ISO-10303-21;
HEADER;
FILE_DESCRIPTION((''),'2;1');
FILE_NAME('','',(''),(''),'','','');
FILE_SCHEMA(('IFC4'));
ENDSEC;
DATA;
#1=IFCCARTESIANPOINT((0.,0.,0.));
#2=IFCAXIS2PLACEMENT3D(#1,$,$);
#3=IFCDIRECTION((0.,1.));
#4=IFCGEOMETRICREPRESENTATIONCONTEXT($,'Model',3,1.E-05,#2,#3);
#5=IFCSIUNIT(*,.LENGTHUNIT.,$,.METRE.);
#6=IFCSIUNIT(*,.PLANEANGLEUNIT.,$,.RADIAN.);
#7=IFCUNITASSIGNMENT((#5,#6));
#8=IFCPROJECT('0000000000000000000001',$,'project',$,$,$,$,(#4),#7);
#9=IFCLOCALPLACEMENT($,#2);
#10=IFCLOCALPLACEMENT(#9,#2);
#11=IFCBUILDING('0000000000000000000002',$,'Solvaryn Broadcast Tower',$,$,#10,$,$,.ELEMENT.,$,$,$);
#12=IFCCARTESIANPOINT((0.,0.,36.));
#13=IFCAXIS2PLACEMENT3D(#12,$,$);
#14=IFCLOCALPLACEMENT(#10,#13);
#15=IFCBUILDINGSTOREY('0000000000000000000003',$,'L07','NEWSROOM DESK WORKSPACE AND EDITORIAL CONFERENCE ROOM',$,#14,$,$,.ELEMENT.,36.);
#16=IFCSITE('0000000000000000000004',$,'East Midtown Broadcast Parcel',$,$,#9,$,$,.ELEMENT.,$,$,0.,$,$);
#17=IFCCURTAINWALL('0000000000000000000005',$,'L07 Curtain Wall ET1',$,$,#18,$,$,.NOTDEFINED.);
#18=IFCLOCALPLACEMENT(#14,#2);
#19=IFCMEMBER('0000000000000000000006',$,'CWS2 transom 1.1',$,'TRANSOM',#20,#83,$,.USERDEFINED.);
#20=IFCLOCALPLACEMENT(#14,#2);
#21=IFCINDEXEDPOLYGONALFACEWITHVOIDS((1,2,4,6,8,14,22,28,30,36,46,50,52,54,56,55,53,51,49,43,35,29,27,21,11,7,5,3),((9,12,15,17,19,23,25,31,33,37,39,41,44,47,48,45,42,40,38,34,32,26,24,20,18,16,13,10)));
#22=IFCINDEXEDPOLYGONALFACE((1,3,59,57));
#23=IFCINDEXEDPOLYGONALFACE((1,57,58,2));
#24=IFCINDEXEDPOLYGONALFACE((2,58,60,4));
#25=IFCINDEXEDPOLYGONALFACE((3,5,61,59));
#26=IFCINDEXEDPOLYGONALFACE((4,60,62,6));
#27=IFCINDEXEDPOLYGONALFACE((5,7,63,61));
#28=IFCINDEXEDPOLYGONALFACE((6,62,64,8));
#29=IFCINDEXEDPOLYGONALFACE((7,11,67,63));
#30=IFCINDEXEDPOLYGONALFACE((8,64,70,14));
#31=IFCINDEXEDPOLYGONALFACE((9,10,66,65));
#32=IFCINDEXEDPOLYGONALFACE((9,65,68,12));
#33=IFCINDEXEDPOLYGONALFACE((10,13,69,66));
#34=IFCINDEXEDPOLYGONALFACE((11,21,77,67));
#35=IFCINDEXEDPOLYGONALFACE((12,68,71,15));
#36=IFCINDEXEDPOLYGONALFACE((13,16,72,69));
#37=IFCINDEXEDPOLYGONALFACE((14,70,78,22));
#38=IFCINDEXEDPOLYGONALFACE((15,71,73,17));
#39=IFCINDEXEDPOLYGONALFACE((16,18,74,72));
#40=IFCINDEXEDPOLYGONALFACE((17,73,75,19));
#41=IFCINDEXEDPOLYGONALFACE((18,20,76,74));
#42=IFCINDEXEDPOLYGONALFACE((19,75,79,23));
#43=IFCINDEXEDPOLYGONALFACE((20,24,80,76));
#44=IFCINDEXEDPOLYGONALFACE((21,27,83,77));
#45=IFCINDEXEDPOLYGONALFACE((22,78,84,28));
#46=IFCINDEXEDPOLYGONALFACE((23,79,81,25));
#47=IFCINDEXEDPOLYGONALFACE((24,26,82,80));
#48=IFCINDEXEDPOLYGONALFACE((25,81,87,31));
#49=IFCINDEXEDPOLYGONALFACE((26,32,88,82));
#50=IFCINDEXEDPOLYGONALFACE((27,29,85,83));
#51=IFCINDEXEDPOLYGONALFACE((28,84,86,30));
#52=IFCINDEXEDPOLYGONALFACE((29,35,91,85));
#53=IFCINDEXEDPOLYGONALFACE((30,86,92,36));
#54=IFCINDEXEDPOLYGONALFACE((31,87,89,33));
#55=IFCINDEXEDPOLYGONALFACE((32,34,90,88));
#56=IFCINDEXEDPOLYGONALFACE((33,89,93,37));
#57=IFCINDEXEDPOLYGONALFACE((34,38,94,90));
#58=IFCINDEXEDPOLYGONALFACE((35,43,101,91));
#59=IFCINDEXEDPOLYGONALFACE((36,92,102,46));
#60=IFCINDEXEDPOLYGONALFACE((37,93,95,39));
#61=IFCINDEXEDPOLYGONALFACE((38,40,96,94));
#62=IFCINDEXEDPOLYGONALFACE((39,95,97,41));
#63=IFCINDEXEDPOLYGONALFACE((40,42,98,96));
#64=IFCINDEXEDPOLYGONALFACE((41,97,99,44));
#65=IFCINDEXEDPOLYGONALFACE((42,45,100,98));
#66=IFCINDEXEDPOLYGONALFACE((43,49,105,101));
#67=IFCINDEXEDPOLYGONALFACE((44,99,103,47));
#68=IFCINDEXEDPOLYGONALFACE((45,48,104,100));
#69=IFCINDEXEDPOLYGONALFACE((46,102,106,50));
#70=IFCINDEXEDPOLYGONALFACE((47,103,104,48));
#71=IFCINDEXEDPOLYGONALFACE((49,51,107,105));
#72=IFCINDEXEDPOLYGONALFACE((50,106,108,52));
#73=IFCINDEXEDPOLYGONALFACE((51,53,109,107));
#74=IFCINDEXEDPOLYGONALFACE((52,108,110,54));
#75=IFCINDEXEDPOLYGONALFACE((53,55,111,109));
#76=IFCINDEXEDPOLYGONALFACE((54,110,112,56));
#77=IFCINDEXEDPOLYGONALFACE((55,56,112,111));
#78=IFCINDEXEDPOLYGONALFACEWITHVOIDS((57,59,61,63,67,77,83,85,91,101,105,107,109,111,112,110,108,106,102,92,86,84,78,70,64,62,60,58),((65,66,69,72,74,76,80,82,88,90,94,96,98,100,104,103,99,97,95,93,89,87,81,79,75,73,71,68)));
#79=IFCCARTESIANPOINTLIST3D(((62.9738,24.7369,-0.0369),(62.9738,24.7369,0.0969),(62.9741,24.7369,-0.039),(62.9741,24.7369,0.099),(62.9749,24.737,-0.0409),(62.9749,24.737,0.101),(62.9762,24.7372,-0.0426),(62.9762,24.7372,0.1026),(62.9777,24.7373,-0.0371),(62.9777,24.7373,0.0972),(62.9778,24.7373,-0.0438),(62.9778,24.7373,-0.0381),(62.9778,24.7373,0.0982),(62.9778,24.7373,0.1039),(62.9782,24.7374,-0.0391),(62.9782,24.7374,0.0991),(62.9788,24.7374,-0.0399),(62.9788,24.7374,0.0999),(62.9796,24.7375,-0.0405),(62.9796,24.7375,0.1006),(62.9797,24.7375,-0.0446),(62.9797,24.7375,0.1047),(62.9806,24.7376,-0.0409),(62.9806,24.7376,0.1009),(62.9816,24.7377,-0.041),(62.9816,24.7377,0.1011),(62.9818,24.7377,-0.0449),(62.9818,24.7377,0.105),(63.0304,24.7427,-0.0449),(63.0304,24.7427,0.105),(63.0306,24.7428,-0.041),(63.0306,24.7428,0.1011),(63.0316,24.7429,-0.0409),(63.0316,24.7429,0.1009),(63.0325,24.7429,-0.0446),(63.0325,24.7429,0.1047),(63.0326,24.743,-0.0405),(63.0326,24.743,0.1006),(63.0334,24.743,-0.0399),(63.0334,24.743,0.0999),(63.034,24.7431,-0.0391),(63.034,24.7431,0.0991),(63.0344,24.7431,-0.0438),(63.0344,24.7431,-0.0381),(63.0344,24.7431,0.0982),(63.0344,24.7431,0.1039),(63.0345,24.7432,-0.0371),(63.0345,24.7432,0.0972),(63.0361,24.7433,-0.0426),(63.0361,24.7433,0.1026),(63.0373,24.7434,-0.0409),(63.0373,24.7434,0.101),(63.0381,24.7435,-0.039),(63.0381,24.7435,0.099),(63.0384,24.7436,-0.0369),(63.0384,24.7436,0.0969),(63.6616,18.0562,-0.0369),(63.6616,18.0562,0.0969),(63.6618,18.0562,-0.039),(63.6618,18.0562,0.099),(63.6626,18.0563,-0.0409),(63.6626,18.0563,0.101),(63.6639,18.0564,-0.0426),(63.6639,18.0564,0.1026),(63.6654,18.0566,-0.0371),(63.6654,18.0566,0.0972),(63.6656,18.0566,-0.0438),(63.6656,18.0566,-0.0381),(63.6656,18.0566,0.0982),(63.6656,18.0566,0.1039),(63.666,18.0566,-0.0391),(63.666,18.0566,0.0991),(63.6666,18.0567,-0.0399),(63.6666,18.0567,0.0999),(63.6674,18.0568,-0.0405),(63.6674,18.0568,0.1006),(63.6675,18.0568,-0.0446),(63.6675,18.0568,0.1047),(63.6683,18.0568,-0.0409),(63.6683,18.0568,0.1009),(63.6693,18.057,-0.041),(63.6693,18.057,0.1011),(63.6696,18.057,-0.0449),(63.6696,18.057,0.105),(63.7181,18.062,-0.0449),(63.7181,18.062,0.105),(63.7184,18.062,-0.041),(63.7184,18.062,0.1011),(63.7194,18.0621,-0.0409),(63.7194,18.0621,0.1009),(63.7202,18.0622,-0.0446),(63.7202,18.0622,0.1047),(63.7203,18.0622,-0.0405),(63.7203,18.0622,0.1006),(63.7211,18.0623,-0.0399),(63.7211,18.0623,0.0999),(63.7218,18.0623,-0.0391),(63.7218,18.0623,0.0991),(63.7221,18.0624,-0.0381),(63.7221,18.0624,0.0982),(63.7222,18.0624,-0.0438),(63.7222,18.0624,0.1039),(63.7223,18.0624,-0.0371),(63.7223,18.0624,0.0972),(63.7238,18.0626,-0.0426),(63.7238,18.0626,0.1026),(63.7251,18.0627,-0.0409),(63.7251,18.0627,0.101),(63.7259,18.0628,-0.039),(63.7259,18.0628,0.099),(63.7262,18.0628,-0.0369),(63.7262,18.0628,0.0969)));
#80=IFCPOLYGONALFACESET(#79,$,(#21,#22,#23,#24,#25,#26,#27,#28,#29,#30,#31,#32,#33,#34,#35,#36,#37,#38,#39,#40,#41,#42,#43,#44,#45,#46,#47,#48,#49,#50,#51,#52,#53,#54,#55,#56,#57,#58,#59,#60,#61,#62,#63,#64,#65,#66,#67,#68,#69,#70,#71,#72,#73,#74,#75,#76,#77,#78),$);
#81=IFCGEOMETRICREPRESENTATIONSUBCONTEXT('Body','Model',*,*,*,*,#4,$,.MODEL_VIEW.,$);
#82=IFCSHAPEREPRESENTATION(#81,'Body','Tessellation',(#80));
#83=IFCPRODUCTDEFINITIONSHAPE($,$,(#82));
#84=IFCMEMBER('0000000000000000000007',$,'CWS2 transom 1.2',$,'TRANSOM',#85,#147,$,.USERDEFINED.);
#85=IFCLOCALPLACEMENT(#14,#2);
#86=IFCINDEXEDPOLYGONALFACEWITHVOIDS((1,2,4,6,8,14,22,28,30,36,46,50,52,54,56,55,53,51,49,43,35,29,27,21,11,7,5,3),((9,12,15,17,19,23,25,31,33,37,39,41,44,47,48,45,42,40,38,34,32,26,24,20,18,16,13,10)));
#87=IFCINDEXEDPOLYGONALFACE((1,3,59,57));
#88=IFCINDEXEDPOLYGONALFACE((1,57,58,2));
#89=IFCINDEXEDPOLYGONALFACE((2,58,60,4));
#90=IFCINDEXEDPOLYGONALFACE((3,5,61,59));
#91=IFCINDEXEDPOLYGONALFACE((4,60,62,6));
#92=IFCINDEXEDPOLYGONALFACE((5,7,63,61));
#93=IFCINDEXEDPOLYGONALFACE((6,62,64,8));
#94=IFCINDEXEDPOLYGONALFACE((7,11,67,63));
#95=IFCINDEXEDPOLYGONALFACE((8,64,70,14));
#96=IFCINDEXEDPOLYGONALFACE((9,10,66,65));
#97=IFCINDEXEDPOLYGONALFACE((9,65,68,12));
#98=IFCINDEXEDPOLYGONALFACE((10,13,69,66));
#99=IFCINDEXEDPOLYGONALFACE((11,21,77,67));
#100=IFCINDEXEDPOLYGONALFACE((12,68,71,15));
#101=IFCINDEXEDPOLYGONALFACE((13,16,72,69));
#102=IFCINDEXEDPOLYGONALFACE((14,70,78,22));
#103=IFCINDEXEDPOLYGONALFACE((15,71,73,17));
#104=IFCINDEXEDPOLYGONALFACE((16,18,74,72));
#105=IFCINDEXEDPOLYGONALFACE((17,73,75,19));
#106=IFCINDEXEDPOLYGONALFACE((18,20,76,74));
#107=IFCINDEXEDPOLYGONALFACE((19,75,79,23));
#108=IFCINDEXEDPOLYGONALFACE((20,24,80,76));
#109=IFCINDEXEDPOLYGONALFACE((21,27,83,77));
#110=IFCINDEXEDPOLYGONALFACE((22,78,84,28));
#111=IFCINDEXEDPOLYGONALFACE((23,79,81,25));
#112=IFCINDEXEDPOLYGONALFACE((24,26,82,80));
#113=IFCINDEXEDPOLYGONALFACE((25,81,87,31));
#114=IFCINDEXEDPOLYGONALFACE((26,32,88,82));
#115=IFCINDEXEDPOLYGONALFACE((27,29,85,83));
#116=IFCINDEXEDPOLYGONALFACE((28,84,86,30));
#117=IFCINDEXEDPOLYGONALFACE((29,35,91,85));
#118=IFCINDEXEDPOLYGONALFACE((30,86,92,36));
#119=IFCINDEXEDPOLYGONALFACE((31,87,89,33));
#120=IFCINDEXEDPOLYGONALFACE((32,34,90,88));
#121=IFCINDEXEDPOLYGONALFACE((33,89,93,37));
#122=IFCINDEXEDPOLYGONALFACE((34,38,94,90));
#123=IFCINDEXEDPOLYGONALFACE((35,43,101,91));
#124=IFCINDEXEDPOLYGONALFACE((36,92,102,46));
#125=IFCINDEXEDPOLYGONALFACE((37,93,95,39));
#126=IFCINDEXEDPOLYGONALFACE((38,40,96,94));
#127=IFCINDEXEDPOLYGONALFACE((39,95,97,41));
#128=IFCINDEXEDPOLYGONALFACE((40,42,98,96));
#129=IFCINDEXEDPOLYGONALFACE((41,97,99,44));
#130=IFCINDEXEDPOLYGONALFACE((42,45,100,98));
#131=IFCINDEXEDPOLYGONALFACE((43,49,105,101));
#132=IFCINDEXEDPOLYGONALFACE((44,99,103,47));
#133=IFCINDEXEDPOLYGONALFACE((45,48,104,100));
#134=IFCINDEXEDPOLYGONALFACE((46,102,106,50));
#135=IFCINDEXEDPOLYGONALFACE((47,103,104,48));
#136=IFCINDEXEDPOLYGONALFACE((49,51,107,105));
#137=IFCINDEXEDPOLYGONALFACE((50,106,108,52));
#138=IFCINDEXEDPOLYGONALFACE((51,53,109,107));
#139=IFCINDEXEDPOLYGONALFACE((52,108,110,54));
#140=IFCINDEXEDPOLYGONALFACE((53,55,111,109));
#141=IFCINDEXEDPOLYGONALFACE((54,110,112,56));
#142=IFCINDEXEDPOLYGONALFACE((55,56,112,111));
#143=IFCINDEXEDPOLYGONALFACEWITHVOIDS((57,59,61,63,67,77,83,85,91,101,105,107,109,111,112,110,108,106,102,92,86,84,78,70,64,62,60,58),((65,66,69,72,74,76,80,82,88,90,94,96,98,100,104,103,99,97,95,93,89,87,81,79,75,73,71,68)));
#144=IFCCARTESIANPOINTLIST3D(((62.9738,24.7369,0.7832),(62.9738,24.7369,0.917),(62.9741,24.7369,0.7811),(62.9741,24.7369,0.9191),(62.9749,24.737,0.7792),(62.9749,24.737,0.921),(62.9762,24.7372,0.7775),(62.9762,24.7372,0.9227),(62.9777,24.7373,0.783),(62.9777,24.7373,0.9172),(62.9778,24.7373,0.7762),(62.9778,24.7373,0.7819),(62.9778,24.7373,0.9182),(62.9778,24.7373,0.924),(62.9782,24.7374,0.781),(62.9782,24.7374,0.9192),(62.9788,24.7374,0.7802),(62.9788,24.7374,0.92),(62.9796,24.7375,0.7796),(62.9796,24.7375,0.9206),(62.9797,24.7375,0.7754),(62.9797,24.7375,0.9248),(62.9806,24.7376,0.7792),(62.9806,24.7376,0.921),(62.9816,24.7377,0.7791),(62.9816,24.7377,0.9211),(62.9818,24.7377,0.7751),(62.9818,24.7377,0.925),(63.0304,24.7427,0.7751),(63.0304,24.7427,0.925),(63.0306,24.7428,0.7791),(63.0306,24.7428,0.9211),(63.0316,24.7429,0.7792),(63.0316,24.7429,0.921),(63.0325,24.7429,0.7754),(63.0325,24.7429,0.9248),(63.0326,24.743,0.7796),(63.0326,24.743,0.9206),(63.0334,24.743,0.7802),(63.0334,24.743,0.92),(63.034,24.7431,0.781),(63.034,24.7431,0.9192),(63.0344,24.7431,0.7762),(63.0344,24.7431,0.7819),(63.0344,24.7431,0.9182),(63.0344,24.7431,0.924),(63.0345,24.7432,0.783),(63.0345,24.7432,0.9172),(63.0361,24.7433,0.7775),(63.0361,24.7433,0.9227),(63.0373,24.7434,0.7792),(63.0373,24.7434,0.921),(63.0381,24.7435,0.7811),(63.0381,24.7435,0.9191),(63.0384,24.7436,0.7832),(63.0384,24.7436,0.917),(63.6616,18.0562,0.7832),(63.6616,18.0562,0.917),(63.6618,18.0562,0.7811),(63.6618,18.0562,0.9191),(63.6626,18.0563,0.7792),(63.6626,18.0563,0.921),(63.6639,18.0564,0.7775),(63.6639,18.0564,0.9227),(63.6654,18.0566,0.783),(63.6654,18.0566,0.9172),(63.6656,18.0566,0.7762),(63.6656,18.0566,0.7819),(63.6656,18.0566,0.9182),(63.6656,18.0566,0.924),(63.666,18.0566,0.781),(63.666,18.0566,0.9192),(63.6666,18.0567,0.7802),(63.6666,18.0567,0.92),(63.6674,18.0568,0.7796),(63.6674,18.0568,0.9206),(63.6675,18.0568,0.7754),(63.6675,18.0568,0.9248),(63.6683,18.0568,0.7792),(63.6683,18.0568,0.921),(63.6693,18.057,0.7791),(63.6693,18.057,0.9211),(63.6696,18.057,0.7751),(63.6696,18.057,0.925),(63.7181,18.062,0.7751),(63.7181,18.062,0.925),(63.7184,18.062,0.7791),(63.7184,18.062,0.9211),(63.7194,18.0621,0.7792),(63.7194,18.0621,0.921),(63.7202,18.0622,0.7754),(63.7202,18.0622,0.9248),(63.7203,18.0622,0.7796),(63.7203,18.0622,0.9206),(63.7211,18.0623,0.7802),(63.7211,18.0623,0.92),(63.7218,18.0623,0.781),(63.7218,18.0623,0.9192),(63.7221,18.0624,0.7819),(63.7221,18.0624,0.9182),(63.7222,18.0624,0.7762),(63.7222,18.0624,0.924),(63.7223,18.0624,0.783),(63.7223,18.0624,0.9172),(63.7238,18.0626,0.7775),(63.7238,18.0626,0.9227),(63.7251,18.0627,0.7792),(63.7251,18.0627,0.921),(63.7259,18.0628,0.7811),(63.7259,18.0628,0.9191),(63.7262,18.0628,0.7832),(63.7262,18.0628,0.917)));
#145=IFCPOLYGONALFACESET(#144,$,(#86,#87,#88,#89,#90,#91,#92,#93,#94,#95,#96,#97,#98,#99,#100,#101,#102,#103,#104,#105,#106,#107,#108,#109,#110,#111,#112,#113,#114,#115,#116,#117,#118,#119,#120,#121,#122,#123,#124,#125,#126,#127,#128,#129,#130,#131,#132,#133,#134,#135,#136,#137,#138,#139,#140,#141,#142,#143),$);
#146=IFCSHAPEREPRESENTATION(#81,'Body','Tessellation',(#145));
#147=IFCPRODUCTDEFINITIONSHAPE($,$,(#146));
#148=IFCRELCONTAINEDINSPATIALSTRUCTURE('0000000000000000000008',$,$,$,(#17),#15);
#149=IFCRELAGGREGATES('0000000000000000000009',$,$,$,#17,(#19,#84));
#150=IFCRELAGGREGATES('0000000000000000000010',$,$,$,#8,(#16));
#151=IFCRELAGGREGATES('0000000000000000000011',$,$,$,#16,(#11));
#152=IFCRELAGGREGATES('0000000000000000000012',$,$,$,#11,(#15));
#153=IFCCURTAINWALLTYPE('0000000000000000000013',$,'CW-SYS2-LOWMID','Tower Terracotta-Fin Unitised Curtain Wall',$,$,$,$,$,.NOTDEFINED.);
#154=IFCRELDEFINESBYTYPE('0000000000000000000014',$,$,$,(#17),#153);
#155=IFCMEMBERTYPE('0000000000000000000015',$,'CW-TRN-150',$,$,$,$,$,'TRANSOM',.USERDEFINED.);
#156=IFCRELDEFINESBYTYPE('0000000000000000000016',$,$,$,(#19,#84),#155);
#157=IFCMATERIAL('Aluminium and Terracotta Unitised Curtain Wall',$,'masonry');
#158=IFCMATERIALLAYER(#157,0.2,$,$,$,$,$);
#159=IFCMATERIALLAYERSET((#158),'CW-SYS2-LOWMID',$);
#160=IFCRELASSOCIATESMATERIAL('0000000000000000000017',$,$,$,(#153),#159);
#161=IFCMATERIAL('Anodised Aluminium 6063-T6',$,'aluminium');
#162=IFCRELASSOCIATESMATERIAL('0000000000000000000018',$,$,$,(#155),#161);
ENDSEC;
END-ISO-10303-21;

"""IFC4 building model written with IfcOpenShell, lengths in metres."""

from ifc_helpers import new_model, si_unit, direction, frame, origin, origin_2d, place, context, subcontext, project, spatial, hollow_rectangle, extrude, material, layer, layer_set, material_profile, profile_set, type_object, element, aggregate, save


model = new_model("IFC4")

# Units and contexts
model_context = context("Model", 3, precision=1e-05, world=origin(), true_north=direction((0.0, 1.0)))
body_context = subcontext(model_context, "Body", "Model", "MODEL_VIEW")
ifc_project = project(units=[si_unit("LENGTHUNIT", "METRE"), si_unit("PLANEANGLEUNIT", "RADIAN")], contexts=[model_context])

# Site, building, storey
site_placement = place(None, origin())
site = spatial("IfcSite", under=ifc_project, at=site_placement, Name="East Midtown Broadcast Parcel", CompositionType="ELEMENT", RefElevation=0.0)
building_placement = place(site_placement, origin())
building = spatial("IfcBuilding", under=site, at=building_placement, Name="Solvaryn Broadcast Tower", CompositionType="ELEMENT")
storey_placement = place(building_placement, frame((0.0, 0.0, 36.0)))
storey = spatial("IfcBuildingStorey", under=building, at=storey_placement, Name="L07", Description="NEWSROOM DESK WORKSPACE AND EDITORIAL CONFERENCE ROOM", CompositionType="ELEMENT", Elevation=36.0)

# Curtain wall
ifc_material_1 = material(Name="Aluminium and Terracotta Unitised Curtain Wall", Category="masonry")
ifc_layer_1 = layer(ifc_material_1, 0.2)
ifc_layer_set_1 = layer_set([ifc_layer_1], Name="CW-SYS2-LOWMID")
curtain_wall_type = type_object("IfcCurtainWallType", Name="CW-SYS2-LOWMID", Description="Tower Terracotta-Fin Unitised Curtain Wall", PredefinedType="NOTDEFINED", material=ifc_layer_set_1)
curtain_wall_1_placement = place(storey_placement, origin())
curtain_wall_1 = element("IfcCurtainWall", 1, at=curtain_wall_1_placement, inside=storey, type_object=curtain_wall_type, Name="L07 Curtain Wall ET1", PredefinedType="NOTDEFINED")

# Members
ifc_material_2 = material(Name="Anodised Aluminium 6063-T6", Category="aluminium")
ifc_material_profile_1 = material_profile(ifc_material_2, hollow_rectangle(XDim=0.0649, YDim=0.1499, WallThickness=0.0039, InnerFilletRadius=0.0039, OuterFilletRadius=0.0081, at=origin_2d()))
ifc_profile_set_1 = profile_set([ifc_material_profile_1], Name="Anodised Aluminium 6063-T6")
member_type_1 = type_object("IfcMemberType", Name="CW-TRN-150", ElementType="TRANSOM", PredefinedType="USERDEFINED", material=ifc_profile_set_1)
member_1_placement = place(storey_placement, frame((63.0061, 24.7402, 0.03), z_axis=(0.102404, -0.994743, 0.0), x_axis=(0.994743, 0.102404, 0.0)))
member_1 = element("IfcMember", 2, at=member_1_placement, type_object=member_type_1, Name="CWS2 transom 1.1", ObjectType="TRANSOM", PredefinedType="USERDEFINED", context=body_context, shape_type="SweptSolid", body=[
    extrude(hollow_rectangle(XDim=0.0649, YDim=0.1499, WallThickness=0.0039, InnerFilletRadius=0.0039, OuterFilletRadius=0.0081, at=origin_2d()), origin(), (0.0, 0.0, 1.0), 6.7161),
])
member_2_placement = place(storey_placement, frame((63.0061, 24.7402, 0.8501), z_axis=(0.102404, -0.994743, 0.0), x_axis=(0.994743, 0.102404, 0.0)))
member_2 = element("IfcMember", 3, at=member_2_placement, type_object=member_type_1, Name="CWS2 transom 1.2", ObjectType="TRANSOM", PredefinedType="USERDEFINED", context=body_context, shape_type="SweptSolid", body=[
    extrude(hollow_rectangle(XDim=0.0649, YDim=0.1499, WallThickness=0.0039, InnerFilletRadius=0.0039, OuterFilletRadius=0.0081, at=origin_2d()), origin(), (0.0, 0.0, 1.0), 6.7161),
])

aggregate(curtain_wall_1, [member_1, member_2])

save(model, "model.ifc")
